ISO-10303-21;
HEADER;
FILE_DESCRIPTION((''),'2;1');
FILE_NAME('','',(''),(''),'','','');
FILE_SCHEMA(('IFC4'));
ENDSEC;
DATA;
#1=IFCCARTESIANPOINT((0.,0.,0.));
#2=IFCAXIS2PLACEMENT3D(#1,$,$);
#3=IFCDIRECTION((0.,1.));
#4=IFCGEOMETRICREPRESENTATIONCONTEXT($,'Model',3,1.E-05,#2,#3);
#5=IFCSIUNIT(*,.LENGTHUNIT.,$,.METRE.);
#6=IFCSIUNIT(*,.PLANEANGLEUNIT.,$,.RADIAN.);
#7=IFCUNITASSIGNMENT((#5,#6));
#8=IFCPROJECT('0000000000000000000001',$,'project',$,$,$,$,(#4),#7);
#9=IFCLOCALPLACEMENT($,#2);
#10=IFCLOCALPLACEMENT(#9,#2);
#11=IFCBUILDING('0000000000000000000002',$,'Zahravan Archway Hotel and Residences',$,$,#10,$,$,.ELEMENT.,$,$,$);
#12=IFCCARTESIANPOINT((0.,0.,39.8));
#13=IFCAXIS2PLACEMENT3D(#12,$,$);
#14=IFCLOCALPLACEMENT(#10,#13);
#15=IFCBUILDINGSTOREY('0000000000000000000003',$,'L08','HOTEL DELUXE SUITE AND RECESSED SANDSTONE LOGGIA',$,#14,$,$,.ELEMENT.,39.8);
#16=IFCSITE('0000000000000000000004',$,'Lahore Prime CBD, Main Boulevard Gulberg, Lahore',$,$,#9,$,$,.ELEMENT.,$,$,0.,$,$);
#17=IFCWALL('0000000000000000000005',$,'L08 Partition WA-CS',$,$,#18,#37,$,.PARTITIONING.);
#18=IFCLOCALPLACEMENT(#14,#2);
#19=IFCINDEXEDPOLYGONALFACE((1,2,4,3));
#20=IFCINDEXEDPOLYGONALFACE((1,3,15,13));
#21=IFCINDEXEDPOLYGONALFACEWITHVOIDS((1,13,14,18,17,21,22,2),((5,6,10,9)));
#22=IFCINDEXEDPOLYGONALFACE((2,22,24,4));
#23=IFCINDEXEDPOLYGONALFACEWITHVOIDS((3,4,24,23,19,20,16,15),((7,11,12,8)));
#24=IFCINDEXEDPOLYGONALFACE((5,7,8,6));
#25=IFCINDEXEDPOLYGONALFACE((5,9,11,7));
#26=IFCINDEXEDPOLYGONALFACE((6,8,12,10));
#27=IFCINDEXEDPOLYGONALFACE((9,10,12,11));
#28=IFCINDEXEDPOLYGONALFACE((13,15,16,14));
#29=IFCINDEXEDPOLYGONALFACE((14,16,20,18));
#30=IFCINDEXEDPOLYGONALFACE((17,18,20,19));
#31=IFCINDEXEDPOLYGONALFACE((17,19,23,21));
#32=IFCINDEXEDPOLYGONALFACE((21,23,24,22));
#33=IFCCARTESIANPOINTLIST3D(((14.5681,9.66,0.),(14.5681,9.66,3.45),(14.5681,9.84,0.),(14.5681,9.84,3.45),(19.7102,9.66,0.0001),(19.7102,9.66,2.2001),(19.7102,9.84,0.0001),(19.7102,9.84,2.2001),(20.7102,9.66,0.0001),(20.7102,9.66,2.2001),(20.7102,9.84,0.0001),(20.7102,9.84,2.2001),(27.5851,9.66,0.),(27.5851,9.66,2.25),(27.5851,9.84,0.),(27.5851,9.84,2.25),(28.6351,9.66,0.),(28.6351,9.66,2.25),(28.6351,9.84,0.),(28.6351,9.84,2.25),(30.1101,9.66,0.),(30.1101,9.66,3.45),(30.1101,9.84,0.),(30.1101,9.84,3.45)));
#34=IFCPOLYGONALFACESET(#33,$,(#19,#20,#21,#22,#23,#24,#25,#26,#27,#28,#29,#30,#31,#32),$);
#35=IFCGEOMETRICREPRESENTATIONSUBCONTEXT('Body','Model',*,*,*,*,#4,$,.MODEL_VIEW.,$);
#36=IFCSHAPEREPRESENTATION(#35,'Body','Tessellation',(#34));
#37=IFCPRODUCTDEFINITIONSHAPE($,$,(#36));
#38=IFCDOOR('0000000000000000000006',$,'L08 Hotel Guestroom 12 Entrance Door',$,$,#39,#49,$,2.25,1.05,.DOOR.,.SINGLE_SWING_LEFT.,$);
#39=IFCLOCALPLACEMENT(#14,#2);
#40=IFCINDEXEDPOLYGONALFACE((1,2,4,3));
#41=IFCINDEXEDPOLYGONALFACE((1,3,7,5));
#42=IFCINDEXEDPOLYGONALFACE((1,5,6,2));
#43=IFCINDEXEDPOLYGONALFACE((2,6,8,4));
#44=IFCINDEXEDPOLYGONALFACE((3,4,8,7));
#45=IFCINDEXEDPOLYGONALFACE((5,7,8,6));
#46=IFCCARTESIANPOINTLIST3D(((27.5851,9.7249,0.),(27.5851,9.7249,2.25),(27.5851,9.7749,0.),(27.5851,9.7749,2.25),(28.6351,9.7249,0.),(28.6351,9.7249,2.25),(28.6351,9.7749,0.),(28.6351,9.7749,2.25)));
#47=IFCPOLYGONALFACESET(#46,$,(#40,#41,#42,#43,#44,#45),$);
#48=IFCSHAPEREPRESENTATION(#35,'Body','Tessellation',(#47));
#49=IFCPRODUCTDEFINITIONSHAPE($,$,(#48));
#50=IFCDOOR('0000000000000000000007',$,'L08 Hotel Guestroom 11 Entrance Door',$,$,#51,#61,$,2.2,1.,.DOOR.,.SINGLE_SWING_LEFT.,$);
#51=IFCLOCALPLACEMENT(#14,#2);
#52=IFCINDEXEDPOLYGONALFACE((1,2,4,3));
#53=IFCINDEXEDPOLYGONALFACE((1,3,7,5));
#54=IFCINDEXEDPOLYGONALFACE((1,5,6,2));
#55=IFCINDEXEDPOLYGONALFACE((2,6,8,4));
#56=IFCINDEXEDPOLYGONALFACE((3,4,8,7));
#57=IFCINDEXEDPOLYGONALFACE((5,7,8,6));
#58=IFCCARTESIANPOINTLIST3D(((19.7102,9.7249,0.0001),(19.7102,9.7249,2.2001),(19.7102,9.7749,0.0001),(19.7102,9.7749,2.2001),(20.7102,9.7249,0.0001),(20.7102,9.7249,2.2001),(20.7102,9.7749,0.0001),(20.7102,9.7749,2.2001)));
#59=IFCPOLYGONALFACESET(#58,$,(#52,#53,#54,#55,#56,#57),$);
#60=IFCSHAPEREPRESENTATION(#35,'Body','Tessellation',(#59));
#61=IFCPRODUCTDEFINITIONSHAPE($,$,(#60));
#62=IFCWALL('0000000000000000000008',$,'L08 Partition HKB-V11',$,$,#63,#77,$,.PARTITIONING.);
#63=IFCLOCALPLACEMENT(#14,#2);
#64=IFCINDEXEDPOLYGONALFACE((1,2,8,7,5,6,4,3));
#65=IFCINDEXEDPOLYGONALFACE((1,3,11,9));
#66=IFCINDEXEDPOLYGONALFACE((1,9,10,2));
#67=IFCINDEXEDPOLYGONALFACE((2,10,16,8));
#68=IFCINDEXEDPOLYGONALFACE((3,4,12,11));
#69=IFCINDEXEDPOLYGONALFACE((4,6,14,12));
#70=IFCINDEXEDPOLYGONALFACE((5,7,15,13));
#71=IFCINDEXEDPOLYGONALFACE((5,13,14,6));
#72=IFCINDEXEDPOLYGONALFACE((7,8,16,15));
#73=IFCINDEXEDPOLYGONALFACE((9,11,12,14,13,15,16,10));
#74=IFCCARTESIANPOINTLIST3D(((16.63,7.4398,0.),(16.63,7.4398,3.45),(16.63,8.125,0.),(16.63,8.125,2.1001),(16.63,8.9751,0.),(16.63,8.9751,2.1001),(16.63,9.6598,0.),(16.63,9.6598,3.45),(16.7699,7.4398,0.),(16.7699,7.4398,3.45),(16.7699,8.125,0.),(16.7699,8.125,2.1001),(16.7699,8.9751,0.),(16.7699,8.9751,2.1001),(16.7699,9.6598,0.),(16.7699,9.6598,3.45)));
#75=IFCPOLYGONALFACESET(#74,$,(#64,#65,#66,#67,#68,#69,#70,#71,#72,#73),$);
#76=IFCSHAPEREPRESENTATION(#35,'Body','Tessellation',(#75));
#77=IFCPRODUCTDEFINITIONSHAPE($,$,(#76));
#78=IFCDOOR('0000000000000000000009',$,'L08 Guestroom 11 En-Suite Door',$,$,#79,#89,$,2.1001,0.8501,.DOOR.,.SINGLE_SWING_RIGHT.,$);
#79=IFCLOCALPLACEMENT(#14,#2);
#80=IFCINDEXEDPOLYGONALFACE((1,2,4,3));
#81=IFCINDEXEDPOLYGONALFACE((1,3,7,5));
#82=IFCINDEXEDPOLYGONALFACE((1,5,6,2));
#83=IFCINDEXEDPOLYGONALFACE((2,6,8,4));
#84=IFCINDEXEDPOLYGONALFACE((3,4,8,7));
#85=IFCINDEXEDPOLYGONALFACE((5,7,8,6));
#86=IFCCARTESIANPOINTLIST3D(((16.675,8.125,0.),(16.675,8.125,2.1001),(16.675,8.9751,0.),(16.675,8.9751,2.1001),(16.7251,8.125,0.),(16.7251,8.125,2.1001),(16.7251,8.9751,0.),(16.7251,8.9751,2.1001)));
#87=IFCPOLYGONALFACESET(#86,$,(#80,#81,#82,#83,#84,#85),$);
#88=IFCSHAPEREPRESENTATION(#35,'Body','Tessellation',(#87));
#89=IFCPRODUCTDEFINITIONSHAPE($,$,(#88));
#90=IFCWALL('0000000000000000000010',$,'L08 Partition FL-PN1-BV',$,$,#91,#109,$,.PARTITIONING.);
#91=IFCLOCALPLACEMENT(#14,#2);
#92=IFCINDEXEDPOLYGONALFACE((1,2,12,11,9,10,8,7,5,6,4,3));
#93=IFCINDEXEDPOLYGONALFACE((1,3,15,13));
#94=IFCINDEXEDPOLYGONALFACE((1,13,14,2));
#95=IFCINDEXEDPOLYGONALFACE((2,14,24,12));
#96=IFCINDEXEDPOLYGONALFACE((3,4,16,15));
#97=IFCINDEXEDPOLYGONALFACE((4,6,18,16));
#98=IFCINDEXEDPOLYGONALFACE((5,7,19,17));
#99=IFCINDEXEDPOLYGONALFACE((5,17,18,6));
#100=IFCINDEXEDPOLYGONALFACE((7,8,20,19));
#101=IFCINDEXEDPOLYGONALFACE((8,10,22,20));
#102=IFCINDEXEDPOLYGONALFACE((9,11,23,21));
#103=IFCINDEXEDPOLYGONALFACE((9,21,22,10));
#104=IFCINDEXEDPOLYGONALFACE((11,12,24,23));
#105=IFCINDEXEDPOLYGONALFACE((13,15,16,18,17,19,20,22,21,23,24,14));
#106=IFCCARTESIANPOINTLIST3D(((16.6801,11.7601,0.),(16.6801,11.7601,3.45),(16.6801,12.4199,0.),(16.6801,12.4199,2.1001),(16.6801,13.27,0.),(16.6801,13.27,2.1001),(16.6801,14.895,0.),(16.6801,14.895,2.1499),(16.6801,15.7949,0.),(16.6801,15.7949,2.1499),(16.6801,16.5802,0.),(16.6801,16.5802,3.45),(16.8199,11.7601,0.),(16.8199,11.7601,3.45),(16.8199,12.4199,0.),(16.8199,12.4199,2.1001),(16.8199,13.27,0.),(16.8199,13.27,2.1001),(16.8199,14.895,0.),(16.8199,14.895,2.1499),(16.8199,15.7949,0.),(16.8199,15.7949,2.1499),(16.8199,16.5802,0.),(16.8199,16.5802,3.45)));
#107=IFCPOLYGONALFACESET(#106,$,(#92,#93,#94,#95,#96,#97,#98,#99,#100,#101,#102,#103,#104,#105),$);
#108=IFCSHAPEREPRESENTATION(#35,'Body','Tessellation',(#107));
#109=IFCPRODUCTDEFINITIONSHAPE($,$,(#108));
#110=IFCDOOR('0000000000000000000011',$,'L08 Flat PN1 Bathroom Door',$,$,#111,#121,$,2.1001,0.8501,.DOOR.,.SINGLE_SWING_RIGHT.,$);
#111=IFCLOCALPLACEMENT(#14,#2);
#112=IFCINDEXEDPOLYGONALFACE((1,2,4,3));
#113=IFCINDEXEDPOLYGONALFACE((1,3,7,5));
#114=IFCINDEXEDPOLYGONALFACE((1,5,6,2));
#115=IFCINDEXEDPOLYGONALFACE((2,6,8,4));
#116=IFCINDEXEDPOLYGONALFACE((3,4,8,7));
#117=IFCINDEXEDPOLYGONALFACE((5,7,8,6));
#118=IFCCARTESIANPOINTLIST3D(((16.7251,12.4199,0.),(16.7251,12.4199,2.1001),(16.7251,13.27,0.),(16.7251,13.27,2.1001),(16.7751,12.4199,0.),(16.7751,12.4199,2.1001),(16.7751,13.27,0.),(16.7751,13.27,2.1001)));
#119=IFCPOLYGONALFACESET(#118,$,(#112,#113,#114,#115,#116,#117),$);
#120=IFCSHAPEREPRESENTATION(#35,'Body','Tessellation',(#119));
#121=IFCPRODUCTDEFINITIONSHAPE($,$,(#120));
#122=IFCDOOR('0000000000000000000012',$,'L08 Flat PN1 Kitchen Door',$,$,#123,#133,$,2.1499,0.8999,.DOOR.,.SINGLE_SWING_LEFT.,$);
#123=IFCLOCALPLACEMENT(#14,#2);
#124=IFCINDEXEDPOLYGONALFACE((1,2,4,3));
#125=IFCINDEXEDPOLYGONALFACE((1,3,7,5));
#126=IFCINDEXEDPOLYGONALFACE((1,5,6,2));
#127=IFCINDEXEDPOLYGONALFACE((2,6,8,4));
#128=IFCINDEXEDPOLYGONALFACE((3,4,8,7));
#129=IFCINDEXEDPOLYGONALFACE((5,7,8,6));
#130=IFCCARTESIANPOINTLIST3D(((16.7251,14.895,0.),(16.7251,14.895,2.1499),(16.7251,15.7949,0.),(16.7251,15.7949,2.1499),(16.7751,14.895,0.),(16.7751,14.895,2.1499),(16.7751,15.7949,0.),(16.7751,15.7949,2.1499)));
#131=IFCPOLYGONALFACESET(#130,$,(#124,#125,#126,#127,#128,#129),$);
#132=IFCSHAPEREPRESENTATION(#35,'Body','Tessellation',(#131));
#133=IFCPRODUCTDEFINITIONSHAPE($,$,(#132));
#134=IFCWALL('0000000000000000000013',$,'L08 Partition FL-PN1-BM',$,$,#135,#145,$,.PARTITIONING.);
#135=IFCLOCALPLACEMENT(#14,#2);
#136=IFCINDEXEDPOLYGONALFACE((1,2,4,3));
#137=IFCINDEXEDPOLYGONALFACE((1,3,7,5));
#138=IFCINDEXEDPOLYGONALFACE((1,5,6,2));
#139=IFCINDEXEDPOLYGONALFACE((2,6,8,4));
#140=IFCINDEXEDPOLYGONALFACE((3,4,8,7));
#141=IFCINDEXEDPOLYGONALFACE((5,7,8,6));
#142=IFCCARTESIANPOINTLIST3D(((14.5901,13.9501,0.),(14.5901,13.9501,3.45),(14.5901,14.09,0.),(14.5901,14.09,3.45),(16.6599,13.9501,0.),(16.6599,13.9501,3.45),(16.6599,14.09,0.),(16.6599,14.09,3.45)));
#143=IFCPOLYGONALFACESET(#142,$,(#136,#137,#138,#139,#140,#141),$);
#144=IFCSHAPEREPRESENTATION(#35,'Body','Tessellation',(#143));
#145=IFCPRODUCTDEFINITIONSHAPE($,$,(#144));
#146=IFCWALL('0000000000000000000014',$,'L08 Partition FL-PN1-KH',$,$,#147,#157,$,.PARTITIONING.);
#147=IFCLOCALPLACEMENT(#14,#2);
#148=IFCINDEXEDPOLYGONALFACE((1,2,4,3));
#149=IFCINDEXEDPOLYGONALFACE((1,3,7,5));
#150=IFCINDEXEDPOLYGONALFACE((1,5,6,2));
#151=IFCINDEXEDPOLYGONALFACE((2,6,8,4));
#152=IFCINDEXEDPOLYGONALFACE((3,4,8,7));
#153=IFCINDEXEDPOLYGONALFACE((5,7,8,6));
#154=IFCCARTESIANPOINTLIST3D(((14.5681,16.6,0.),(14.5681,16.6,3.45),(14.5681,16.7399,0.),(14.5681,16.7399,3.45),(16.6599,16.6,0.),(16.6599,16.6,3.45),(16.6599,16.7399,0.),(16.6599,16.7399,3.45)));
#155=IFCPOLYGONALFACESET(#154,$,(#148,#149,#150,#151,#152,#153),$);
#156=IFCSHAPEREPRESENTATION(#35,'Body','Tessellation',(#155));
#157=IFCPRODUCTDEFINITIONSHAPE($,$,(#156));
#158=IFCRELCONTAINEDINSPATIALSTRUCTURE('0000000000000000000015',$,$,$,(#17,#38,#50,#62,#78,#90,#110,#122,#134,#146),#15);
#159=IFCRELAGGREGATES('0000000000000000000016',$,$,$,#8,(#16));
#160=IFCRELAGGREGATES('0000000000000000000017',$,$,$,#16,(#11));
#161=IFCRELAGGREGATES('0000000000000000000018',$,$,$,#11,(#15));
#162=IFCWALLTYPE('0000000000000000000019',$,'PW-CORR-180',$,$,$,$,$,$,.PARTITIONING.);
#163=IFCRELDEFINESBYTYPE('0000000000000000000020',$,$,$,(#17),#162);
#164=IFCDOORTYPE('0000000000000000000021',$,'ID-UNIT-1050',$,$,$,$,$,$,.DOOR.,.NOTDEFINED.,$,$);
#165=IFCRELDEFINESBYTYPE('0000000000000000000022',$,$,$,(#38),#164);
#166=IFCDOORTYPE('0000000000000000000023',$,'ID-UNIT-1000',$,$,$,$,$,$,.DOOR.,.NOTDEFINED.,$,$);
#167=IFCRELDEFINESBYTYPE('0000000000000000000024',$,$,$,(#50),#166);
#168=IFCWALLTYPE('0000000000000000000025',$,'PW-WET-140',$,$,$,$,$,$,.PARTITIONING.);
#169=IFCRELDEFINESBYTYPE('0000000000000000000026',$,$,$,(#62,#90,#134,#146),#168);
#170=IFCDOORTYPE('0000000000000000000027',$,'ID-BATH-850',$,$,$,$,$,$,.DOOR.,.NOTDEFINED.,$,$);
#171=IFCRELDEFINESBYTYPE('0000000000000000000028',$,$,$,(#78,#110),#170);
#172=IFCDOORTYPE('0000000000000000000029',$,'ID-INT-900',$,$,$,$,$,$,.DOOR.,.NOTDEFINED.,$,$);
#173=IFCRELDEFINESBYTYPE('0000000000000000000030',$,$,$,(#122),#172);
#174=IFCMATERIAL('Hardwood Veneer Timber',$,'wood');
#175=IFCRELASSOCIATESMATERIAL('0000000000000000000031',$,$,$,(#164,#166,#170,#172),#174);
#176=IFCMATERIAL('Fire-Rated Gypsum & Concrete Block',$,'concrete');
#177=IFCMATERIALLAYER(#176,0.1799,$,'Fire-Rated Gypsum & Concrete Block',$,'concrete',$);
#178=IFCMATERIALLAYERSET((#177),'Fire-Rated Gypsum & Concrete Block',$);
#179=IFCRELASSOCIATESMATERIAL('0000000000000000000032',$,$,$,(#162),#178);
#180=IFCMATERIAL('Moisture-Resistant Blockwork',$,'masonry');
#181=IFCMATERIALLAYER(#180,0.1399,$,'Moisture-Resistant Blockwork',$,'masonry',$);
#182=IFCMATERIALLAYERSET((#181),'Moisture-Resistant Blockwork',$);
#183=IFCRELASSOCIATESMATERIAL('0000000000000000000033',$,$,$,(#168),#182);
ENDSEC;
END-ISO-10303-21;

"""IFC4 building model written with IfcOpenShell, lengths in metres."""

from ifc_helpers import new_model, si_unit, direction, frame, frame_2d, origin, place, context, subcontext, project, spatial, rectangle, extrude, source, transform, mapped, material, layer, layer_set, type_object, type_shapes, element, fill, save


model = new_model("IFC4")

# Units and contexts
model_context = context("Model", 3, precision=1e-05, world=origin(), true_north=direction((0.0, 1.0)))
body_context = subcontext(model_context, "Body", "Model", "MODEL_VIEW")
ifc_project = project(units=[si_unit("LENGTHUNIT", "METRE"), si_unit("PLANEANGLEUNIT", "RADIAN")], contexts=[model_context])

# Site, building, storey
site_placement = place(None, origin())
site = spatial("IfcSite", under=ifc_project, at=site_placement, Name="Lahore Prime CBD, Main Boulevard Gulberg, Lahore", CompositionType="ELEMENT", RefElevation=0.0)
building_placement = place(site_placement, origin())
building = spatial("IfcBuilding", under=site, at=building_placement, Name="Zahravan Archway Hotel and Residences", CompositionType="ELEMENT")
storey_placement = place(building_placement, frame((0.0, 0.0, 39.8)))
storey = spatial("IfcBuildingStorey", under=building, at=storey_placement, Name="L08", Description="HOTEL DELUXE SUITE AND RECESSED SANDSTONE LOGGIA", CompositionType="ELEMENT", Elevation=39.8)

# Wall, openings, doors
ifc_material_1 = material(Name="Fire-Rated Gypsum & Concrete Block", Category="concrete")
ifc_material_2 = material(Name="Hardwood Veneer Timber", Category="wood")
door_type_1 = type_object("IfcDoorType", Name="ID-UNIT-1050", OperationType="NOTDEFINED", PredefinedType="DOOR", material=ifc_material_2)
shared_shape_1 = source(origin(), body_context, "Body", "SweptSolid", [
    extrude(rectangle(XDim=1.05, YDim=2.25, at=frame_2d((0.5249, 1.125))), frame((0.0, 0.0249, 0.0), z_axis=(0.0, -1.0, 0.0), x_axis=(1.0, 0.0, 0.0)), (0.0, 0.0, 1.0), 0.05),
])
type_shapes(door_type_1, [shared_shape_1])
ifc_layer_1 = layer(ifc_material_1, 0.1799, Name="Fire-Rated Gypsum & Concrete Block", Category="concrete")
ifc_layer_set_1 = layer_set([ifc_layer_1], Name="Fire-Rated Gypsum & Concrete Block")
wall_type_1 = type_object("IfcWallType", Name="PW-CORR-180", PredefinedType="PARTITIONING", material=ifc_layer_set_1)
wall_1_placement = place(storey_placement, frame((14.5681, 9.75, 0.0), z_axis=(0.0, 0.0, 1.0), x_axis=(1.0, 0.0, 0.0)))
wall_1 = element("IfcWall", 1, at=wall_1_placement, inside=storey, type_object=wall_type_1, Name="L08 Partition WA-CS", PredefinedType="PARTITIONING", context=body_context, shape_type="SweptSolid", body=[
    extrude(rectangle(XDim=15.542, YDim=0.1799, at=frame_2d((7.771, 0.0))), origin(), (0.0, 0.0, 1.0), 3.45),
])
opening_1_placement = place(wall_1_placement, frame((5.1421, 0.0, 0.0)))
opening_1 = element("IfcOpeningElement", 2, at=opening_1_placement, cuts=wall_1, PredefinedType="OPENING", context=body_context, shape_type="SweptSolid", body=[
    extrude(rectangle(XDim=1.0, YDim=2.2, at=frame_2d((0.5, 1.1001))), frame((0.0, 0.1001, 0.0), z_axis=(0.0, -1.0, 0.0), x_axis=(1.0, 0.0, 0.0)), (0.0, 0.0, 1.0), 0.2),
])
opening_2_placement = place(wall_1_placement, frame((13.0171, 0.0, 0.0)))
opening_2 = element("IfcOpeningElement", 3, at=opening_2_placement, cuts=wall_1, PredefinedType="OPENING", context=body_context, shape_type="SweptSolid", body=[
    extrude(rectangle(XDim=1.05, YDim=2.25, at=frame_2d((0.5249, 1.125))), frame((0.0, 0.1001, 0.0), z_axis=(0.0, -1.0, 0.0), x_axis=(1.0, 0.0, 0.0)), (0.0, 0.0, 1.0), 0.2),
])
door_1_placement = place(opening_2_placement, origin())
door_1 = element("IfcDoor", 4, at=door_1_placement, inside=storey, type_object=door_type_1, Name="L08 Hotel Guestroom 12 Entrance Door", OperationType="SINGLE_SWING_LEFT", OverallHeight=2.25, OverallWidth=1.05, PredefinedType="DOOR", context=body_context, shape_type="MappedRepresentation", body=[
    mapped(shared_shape_1, transform((0.0, 0.0, 0.0), scale=1.0)),
])
fill(opening_2, door_1)
door_type_2 = type_object("IfcDoorType", Name="ID-UNIT-1000", OperationType="NOTDEFINED", PredefinedType="DOOR", material=ifc_material_2)
shared_shape_2 = source(origin(), body_context, "Body", "SweptSolid", [
    extrude(rectangle(XDim=1.0, YDim=2.2, at=frame_2d((0.5, 1.1001))), frame((0.0, 0.0249, 0.0), z_axis=(0.0, -1.0, 0.0), x_axis=(1.0, 0.0, 0.0)), (0.0, 0.0, 1.0), 0.05),
])
type_shapes(door_type_2, [shared_shape_2])
door_2_placement = place(opening_1_placement, origin())
door_2 = element("IfcDoor", 5, at=door_2_placement, inside=storey, type_object=door_type_2, Name="L08 Hotel Guestroom 11 Entrance Door", OperationType="SINGLE_SWING_LEFT", OverallHeight=2.2, OverallWidth=1.0, PredefinedType="DOOR", context=body_context, shape_type="MappedRepresentation", body=[
    mapped(shared_shape_2, transform((0.0, 0.0, 0.0), scale=1.0)),
])
fill(opening_1, door_2)

# Wall, opening, door
ifc_material_3 = material(Name="Moisture-Resistant Blockwork", Category="masonry")
ifc_layer_2 = layer(ifc_material_3, 0.1399, Name="Moisture-Resistant Blockwork", Category="masonry")
ifc_layer_set_2 = layer_set([ifc_layer_2], Name="Moisture-Resistant Blockwork")
wall_type_2 = type_object("IfcWallType", Name="PW-WET-140", PredefinedType="PARTITIONING", material=ifc_layer_set_2)
wall_2_placement = place(storey_placement, frame((16.7, 7.4399, 0.0), z_axis=(0.0, 0.0, 1.0), x_axis=(0.0, 1.0, 0.0)))
wall_2 = element("IfcWall", 6, at=wall_2_placement, inside=storey, type_object=wall_type_2, Name="L08 Partition HKB-V11", PredefinedType="PARTITIONING", context=body_context, shape_type="SweptSolid", body=[
    extrude(rectangle(XDim=2.22, YDim=0.1399, at=frame_2d((1.1099, 0.0))), origin(), (0.0, 0.0, 1.0), 3.45),
])
opening_3_placement = place(wall_2_placement, frame((0.6851, 0.0, 0.0)))
opening_3 = element("IfcOpeningElement", 7, at=opening_3_placement, cuts=wall_2, PredefinedType="OPENING", context=body_context, shape_type="SweptSolid", body=[
    extrude(rectangle(XDim=0.8501, YDim=2.1001, at=frame_2d((0.425, 1.05))), frame((0.0, 0.0801, 0.0), z_axis=(0.0, -1.0, 0.0), x_axis=(1.0, 0.0, 0.0)), (0.0, 0.0, 1.0), 0.1599),
])
door_type_3 = type_object("IfcDoorType", Name="ID-BATH-850", OperationType="NOTDEFINED", PredefinedType="DOOR", material=ifc_material_2)
shared_shape_3 = source(origin(), body_context, "Body", "SweptSolid", [
    extrude(rectangle(XDim=0.8501, YDim=2.1001, at=frame_2d((0.425, 1.05))), frame((0.0, 0.0249, 0.0), z_axis=(0.0, -1.0, 0.0), x_axis=(1.0, 0.0, 0.0)), (0.0, 0.0, 1.0), 0.05),
])
type_shapes(door_type_3, [shared_shape_3])
door_3_placement = place(opening_3_placement, origin())
door_3 = element("IfcDoor", 8, at=door_3_placement, inside=storey, type_object=door_type_3, Name="L08 Guestroom 11 En-Suite Door", OperationType="SINGLE_SWING_RIGHT", OverallHeight=2.1001, OverallWidth=0.8501, PredefinedType="DOOR", context=body_context, shape_type="MappedRepresentation", body=[
    mapped(shared_shape_3, transform((0.0, 0.0, 0.0), scale=1.0)),
])
fill(opening_3, door_3)

# Wall, openings, doors
wall_3_placement = place(storey_placement, frame((16.75, 11.76, 0.0), z_axis=(0.0, 0.0, 1.0), x_axis=(0.0, 1.0, 0.0)))
wall_3 = element("IfcWall", 9, at=wall_3_placement, inside=storey, type_object=wall_type_2, Name="L08 Partition FL-PN1-BV", PredefinedType="PARTITIONING", context=body_context, shape_type="SweptSolid", body=[
    extrude(rectangle(XDim=4.8201, YDim=0.1399, at=frame_2d((2.4102, 0.0))), origin(), (0.0, 0.0, 1.0), 3.45),
])
opening_4_placement = place(wall_3_placement, frame((0.6599, 0.0, 0.0)))
opening_4 = element("IfcOpeningElement", 10, at=opening_4_placement, cuts=wall_3, PredefinedType="OPENING", context=body_context, shape_type="SweptSolid", body=[
    extrude(rectangle(XDim=0.8501, YDim=2.1001, at=frame_2d((0.425, 1.05))), frame((0.0, 0.0801, 0.0), z_axis=(0.0, -1.0, 0.0), x_axis=(1.0, 0.0, 0.0)), (0.0, 0.0, 1.0), 0.1599),
])
opening_5_placement = place(wall_3_placement, frame((3.135, 0.0, 0.0)))
opening_5 = element("IfcOpeningElement", 11, at=opening_5_placement, cuts=wall_3, PredefinedType="OPENING", context=body_context, shape_type="SweptSolid", body=[
    extrude(rectangle(XDim=0.8999, YDim=2.1499, at=frame_2d((0.45, 1.075))), frame((0.0, 0.0801, 0.0), z_axis=(0.0, -1.0, 0.0), x_axis=(1.0, 0.0, 0.0)), (0.0, 0.0, 1.0), 0.1599),
])
door_4_placement = place(opening_4_placement, origin())
door_4 = element("IfcDoor", 12, at=door_4_placement, inside=storey, type_object=door_type_3, Name="L08 Flat PN1 Bathroom Door", OperationType="SINGLE_SWING_RIGHT", OverallHeight=2.1001, OverallWidth=0.8501, PredefinedType="DOOR", context=body_context, shape_type="MappedRepresentation", body=[
    mapped(shared_shape_3, transform((0.0, 0.0, 0.0), scale=1.0)),
])
fill(opening_4, door_4)
door_type_4 = type_object("IfcDoorType", Name="ID-INT-900", OperationType="NOTDEFINED", PredefinedType="DOOR", material=ifc_material_2)
shared_shape_4 = source(origin(), body_context, "Body", "SweptSolid", [
    extrude(rectangle(XDim=0.8999, YDim=2.1499, at=frame_2d((0.45, 1.075))), frame((0.0, 0.0249, 0.0), z_axis=(0.0, -1.0, 0.0), x_axis=(1.0, 0.0, 0.0)), (0.0, 0.0, 1.0), 0.05),
])
type_shapes(door_type_4, [shared_shape_4])
door_5_placement = place(opening_5_placement, origin())
door_5 = element("IfcDoor", 13, at=door_5_placement, inside=storey, type_object=door_type_4, Name="L08 Flat PN1 Kitchen Door", OperationType="SINGLE_SWING_LEFT", OverallHeight=2.1499, OverallWidth=0.8999, PredefinedType="DOOR", context=body_context, shape_type="MappedRepresentation", body=[
    mapped(shared_shape_4, transform((0.0, 0.0, 0.0), scale=1.0)),
])
fill(opening_5, door_5)

# Walls
wall_4_placement = place(storey_placement, frame((14.5901, 14.02, 0.0), z_axis=(0.0, 0.0, 1.0), x_axis=(1.0, 0.0, 0.0)))
element("IfcWall", 14, at=wall_4_placement, inside=storey, type_object=wall_type_2, Name="L08 Partition FL-PN1-BM", PredefinedType="PARTITIONING", context=body_context, shape_type="SweptSolid", body=[
    extrude(rectangle(XDim=2.0698, YDim=0.1399, at=frame_2d((1.0349, 0.0))), origin(), (0.0, 0.0, 1.0), 3.45),
])
wall_5_placement = place(storey_placement, frame((14.5681, 16.6699, 0.0), z_axis=(0.0, 0.0, 1.0), x_axis=(1.0, 0.0, 0.0)))
element("IfcWall", 15, at=wall_5_placement, inside=storey, type_object=wall_type_2, Name="L08 Partition FL-PN1-KH", PredefinedType="PARTITIONING", context=body_context, shape_type="SweptSolid", body=[
    extrude(rectangle(XDim=2.0918, YDim=0.1399, at=frame_2d((1.0459, 0.0))), origin(), (0.0, 0.0, 1.0), 3.45),
])

save(model, "model.ifc")
